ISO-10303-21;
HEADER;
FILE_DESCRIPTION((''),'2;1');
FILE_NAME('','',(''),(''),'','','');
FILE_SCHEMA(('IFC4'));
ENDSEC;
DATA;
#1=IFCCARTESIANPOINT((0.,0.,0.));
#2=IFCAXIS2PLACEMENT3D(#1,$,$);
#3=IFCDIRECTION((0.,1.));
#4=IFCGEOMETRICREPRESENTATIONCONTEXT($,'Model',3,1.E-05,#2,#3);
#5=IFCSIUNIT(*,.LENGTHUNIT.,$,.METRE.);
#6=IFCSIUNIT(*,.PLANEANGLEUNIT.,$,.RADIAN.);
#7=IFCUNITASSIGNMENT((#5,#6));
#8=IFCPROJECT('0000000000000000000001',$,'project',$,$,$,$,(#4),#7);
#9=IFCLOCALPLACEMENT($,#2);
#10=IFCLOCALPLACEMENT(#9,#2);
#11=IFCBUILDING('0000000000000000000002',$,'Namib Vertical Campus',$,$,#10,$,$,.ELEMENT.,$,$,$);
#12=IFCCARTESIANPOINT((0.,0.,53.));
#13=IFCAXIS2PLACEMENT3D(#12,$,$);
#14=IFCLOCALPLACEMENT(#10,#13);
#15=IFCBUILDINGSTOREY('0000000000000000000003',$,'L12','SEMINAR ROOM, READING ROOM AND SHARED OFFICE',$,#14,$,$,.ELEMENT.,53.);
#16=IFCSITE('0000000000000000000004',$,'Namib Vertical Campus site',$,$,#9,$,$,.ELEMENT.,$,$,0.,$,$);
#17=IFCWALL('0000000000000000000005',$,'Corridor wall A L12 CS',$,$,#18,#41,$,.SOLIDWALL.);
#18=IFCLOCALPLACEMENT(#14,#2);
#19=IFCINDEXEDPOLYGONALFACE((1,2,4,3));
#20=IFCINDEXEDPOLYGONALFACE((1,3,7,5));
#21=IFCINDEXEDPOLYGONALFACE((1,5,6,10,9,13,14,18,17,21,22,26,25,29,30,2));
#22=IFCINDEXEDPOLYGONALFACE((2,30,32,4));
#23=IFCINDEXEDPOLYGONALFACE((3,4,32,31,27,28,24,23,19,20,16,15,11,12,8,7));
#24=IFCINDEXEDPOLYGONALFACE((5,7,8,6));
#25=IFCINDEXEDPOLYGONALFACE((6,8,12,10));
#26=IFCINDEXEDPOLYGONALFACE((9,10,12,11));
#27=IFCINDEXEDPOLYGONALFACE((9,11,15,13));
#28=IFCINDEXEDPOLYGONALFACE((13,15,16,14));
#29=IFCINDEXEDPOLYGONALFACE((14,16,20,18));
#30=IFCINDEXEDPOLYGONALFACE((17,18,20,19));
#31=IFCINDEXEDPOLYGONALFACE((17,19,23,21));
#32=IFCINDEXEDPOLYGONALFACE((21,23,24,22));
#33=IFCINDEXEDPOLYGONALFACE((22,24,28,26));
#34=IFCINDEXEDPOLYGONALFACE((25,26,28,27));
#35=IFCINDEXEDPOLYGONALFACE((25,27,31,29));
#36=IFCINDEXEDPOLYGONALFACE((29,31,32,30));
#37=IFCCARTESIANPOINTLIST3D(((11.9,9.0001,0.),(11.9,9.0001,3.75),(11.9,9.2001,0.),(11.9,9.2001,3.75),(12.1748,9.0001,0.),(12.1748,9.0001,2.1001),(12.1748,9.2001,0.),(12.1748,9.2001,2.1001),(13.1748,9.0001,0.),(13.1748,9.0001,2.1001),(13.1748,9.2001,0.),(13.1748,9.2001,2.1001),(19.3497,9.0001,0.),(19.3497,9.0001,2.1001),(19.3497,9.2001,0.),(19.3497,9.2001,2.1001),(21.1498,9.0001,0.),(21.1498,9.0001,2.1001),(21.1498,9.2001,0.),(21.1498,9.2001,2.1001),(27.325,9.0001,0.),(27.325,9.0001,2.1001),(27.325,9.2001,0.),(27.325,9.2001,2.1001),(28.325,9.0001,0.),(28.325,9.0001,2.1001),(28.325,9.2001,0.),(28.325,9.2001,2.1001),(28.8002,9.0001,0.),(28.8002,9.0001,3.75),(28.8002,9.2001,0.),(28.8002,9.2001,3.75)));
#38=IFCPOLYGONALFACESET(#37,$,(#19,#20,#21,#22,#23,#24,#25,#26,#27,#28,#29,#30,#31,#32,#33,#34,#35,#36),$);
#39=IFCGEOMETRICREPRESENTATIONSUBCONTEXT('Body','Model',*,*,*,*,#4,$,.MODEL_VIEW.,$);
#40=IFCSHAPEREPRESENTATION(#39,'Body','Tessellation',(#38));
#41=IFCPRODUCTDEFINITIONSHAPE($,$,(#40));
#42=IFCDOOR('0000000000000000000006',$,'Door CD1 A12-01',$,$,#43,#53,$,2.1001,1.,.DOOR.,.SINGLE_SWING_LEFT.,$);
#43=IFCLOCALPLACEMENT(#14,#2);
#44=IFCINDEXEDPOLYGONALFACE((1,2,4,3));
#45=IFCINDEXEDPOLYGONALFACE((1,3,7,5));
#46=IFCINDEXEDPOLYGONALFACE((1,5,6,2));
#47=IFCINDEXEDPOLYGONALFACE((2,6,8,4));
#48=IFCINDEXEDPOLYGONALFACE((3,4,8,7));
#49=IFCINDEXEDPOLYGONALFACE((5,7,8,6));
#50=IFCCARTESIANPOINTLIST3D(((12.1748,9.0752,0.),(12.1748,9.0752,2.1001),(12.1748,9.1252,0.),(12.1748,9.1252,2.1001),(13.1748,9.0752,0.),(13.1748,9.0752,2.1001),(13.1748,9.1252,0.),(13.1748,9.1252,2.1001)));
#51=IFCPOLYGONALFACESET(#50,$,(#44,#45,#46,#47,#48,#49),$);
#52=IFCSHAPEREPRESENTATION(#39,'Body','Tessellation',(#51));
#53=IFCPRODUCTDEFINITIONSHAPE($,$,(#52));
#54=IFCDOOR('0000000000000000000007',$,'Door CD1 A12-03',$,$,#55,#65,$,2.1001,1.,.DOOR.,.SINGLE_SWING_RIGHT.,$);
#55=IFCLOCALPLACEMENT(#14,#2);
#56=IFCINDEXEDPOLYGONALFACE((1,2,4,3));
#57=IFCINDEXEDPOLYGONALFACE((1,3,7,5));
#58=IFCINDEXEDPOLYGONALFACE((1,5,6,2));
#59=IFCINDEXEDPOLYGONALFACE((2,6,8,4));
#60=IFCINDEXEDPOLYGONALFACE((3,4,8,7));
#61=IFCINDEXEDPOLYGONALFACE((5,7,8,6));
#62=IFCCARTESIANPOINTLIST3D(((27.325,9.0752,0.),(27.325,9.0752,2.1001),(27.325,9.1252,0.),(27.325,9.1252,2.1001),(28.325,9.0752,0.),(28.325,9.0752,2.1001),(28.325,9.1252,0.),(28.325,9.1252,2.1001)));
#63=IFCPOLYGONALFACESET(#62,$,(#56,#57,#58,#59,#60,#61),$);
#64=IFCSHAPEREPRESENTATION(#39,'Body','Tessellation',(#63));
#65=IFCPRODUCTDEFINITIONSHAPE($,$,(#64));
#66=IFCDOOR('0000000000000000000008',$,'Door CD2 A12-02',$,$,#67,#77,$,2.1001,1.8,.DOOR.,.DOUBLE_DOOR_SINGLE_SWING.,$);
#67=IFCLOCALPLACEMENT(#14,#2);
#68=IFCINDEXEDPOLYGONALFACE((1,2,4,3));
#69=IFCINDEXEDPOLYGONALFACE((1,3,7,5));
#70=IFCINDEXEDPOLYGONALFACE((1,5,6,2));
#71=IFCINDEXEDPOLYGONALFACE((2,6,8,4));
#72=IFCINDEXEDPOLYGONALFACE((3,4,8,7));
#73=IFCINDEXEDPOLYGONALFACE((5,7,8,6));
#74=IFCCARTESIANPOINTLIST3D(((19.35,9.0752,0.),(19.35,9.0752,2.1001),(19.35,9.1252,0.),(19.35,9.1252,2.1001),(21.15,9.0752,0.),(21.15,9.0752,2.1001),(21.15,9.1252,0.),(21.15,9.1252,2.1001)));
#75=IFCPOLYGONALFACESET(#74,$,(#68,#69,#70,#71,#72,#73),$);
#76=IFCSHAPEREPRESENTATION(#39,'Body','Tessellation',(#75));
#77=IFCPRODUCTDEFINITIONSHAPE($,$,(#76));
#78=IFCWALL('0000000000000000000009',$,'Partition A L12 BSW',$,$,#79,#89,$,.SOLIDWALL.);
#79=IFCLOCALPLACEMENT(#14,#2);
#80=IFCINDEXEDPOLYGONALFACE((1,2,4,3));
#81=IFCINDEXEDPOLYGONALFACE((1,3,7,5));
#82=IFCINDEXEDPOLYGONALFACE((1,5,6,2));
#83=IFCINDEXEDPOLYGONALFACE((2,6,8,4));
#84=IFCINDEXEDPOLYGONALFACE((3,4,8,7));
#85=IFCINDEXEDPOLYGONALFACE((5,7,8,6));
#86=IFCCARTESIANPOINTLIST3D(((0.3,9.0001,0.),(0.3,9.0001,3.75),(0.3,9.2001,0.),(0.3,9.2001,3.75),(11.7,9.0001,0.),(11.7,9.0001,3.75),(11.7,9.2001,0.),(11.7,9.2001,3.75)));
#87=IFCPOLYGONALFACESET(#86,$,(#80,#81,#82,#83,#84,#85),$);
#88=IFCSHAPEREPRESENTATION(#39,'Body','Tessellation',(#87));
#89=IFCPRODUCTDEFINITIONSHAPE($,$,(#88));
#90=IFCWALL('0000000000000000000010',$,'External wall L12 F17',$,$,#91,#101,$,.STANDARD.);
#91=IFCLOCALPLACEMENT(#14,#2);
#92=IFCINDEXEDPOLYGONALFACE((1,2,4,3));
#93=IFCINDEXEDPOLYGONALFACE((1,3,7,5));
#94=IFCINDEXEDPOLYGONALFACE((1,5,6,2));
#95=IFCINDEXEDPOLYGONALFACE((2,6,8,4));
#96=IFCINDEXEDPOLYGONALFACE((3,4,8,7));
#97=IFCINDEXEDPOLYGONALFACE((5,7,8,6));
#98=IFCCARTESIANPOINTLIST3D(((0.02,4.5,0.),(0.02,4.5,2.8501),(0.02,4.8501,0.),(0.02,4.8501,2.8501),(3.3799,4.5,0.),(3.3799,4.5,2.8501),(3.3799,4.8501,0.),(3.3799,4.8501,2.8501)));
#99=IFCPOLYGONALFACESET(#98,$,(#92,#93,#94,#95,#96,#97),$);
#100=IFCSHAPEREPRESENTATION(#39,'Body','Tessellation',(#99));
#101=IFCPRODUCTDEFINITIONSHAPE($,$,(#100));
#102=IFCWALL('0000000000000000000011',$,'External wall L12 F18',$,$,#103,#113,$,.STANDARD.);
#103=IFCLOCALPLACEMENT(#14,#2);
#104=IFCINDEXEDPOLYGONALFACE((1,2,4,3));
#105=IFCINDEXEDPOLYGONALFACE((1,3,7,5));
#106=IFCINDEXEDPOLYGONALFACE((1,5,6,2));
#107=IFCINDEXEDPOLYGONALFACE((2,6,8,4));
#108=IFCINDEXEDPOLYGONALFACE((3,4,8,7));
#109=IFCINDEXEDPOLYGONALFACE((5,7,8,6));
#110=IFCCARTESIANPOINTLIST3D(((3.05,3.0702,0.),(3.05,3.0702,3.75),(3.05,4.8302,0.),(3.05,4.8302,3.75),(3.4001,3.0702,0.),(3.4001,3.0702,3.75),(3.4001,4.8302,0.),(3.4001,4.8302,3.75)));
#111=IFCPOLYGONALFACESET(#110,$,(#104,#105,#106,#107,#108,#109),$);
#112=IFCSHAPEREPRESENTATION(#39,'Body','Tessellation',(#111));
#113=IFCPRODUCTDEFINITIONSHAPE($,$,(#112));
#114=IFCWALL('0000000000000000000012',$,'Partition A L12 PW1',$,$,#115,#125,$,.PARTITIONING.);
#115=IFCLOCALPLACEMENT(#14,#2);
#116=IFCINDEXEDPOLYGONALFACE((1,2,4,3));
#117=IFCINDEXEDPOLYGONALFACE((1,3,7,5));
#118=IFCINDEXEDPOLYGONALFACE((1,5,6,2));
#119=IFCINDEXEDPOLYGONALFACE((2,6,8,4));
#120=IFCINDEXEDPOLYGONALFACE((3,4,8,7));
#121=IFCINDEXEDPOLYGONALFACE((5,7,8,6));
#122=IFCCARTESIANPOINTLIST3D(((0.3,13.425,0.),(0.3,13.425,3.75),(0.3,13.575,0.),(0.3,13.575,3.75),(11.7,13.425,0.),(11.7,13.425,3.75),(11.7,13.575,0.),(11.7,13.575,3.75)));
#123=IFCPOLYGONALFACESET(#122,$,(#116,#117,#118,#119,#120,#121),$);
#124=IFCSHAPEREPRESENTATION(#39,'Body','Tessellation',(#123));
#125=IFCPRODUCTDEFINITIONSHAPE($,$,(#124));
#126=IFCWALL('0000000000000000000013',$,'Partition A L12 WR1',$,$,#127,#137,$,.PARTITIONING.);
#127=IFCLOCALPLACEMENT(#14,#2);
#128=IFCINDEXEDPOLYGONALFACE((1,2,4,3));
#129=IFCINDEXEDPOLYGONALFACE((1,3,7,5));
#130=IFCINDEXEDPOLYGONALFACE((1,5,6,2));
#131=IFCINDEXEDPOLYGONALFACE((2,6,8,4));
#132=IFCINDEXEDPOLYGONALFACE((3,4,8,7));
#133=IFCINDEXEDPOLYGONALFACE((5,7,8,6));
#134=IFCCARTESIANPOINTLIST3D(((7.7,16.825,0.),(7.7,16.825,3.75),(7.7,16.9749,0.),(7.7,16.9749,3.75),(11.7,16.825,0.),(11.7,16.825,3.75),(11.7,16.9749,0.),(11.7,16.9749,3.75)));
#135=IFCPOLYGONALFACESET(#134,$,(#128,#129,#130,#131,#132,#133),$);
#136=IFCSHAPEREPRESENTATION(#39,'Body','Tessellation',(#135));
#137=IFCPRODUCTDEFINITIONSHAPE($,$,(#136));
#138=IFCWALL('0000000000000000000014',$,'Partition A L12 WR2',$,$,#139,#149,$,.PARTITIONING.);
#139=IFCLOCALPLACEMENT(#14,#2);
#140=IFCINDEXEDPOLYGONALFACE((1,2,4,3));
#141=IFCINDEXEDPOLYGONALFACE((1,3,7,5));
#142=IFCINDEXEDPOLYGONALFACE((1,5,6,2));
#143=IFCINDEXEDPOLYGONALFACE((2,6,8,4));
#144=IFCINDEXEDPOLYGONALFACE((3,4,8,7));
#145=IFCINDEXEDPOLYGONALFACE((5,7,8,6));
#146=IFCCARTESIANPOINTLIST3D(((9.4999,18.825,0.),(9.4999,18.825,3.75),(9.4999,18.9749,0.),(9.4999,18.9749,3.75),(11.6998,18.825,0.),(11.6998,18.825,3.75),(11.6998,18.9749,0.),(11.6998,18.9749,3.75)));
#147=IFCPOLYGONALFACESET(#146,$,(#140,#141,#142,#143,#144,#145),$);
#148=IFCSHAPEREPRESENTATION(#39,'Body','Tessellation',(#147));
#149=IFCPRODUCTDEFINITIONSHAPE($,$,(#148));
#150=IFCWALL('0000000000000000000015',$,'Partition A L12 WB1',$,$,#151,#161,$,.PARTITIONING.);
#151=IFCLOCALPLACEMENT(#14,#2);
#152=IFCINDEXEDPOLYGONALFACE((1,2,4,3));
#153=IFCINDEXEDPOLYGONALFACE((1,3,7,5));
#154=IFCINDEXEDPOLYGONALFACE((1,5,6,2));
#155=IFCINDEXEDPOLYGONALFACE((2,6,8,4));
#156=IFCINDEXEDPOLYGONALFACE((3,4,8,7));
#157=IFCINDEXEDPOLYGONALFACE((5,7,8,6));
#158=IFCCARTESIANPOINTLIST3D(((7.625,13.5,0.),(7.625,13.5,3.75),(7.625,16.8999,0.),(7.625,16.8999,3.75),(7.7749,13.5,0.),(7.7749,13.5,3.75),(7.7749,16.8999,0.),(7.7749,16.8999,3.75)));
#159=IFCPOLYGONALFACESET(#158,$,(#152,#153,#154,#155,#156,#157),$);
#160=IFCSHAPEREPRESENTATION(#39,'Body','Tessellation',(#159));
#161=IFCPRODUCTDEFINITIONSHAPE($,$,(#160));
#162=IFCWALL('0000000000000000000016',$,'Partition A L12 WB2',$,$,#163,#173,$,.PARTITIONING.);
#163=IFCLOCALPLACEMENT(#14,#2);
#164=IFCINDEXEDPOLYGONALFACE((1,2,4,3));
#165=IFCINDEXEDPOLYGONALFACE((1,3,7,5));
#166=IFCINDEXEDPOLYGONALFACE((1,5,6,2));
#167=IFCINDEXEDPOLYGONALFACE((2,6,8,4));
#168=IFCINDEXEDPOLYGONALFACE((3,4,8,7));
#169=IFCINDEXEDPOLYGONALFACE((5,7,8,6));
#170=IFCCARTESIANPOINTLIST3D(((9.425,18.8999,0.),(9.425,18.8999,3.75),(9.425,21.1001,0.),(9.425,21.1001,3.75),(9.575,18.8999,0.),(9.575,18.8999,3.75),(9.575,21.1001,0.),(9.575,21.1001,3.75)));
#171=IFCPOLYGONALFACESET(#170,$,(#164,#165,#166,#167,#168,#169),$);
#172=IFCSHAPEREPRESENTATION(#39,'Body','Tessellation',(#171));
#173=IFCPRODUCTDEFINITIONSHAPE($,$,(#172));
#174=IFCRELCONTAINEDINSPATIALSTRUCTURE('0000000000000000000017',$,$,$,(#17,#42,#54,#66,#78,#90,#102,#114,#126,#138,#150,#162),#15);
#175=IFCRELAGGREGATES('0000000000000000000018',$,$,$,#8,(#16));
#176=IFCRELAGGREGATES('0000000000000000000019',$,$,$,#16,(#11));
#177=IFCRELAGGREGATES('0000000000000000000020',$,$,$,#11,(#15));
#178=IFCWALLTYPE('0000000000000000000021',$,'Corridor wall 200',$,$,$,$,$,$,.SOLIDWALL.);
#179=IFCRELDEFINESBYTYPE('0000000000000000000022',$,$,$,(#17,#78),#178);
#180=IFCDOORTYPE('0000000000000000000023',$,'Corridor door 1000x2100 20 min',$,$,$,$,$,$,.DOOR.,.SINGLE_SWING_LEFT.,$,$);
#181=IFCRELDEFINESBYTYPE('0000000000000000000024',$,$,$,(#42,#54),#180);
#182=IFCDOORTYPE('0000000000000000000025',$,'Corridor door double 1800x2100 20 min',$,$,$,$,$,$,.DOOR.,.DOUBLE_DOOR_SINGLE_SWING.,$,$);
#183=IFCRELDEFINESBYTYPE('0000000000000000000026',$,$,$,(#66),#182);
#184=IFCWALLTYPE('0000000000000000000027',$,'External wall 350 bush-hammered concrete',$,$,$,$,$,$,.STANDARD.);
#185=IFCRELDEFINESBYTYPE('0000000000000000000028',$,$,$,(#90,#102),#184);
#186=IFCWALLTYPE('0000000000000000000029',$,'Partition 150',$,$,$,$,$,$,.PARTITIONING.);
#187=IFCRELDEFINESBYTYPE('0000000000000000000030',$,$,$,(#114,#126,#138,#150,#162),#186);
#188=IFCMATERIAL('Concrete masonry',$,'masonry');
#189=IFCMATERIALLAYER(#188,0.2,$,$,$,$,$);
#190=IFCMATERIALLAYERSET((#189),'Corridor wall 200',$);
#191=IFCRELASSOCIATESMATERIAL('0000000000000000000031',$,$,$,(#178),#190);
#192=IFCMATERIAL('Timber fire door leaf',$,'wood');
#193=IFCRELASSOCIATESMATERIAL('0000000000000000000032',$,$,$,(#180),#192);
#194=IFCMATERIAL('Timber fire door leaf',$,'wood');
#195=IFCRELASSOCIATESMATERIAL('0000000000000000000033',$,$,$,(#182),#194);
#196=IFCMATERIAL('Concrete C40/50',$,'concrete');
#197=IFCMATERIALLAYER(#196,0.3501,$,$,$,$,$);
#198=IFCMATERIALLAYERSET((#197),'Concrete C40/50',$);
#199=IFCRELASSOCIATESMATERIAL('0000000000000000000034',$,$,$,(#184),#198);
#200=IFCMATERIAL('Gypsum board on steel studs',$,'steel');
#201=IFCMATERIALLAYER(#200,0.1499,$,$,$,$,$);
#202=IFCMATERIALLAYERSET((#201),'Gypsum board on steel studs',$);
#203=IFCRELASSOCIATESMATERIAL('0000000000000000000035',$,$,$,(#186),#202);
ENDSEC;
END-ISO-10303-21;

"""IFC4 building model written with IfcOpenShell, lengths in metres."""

from ifc_helpers import new_model, si_unit, direction, frame, frame_2d, origin, place, context, subcontext, project, spatial, rectangle, extrude, material, layer, layer_set, type_object, element, fill, save


model = new_model("IFC4")

# Units and contexts
model_context = context("Model", 3, precision=1e-05, world=origin(), true_north=direction((0.0, 1.0)))
body_context = subcontext(model_context, "Body", "Model", "MODEL_VIEW")
ifc_project = project(units=[si_unit("LENGTHUNIT", "METRE"), si_unit("PLANEANGLEUNIT", "RADIAN")], contexts=[model_context])

# Site, building, storey
site_placement = place(None, origin())
site = spatial("IfcSite", under=ifc_project, at=site_placement, Name="Namib Vertical Campus site", CompositionType="ELEMENT", RefElevation=0.0)
building_placement = place(site_placement, origin())
building = spatial("IfcBuilding", under=site, at=building_placement, Name="Namib Vertical Campus", CompositionType="ELEMENT")
storey_placement = place(building_placement, frame((0.0, 0.0, 53.0)))
storey = spatial("IfcBuildingStorey", under=building, at=storey_placement, Name="L12", Description="SEMINAR ROOM, READING ROOM AND SHARED OFFICE", CompositionType="ELEMENT", Elevation=53.0)

# Wall, openings, doors
ifc_material_1 = material(Name="Concrete masonry", Category="masonry")
ifc_layer_1 = layer(ifc_material_1, 0.2)
ifc_layer_set_1 = layer_set([ifc_layer_1], Name="Corridor wall 200")
wall_type_1 = type_object("IfcWallType", Name="Corridor wall 200", PredefinedType="SOLIDWALL", material=ifc_layer_set_1)
wall_1_placement = place(storey_placement, frame((11.8999, 9.1001, 0.0), z_axis=(0.0, 0.0, 1.0), x_axis=(1.0, 0.0, 0.0)))
wall_1 = element("IfcWall", 1, at=wall_1_placement, inside=storey, type_object=wall_type_1, Name="Corridor wall A L12 CS", PredefinedType="SOLIDWALL", context=body_context, shape_type="SweptSolid", body=[
    extrude(rectangle(XDim=16.9001, YDim=0.2, at=frame_2d((8.4502, 0.0))), origin(), (0.0, 0.0, 1.0), 3.75),
])
opening_1_placement = place(wall_1_placement, frame((0.2749, 0.0, 0.0)))
opening_1 = element("IfcOpeningElement", 2, at=opening_1_placement, cuts=wall_1, PredefinedType="OPENING", context=body_context, shape_type="SweptSolid", body=[
    extrude(rectangle(XDim=1.0, YDim=2.1001, at=frame_2d((0.5, 1.05))), frame((0.0, 0.1099, 0.0), z_axis=(0.0, -1.0, 0.0), x_axis=(1.0, 0.0, 0.0)), (0.0, 0.0, 1.0), 0.22),
])
opening_2_placement = place(wall_1_placement, frame((7.45, 0.0, 0.0)))
opening_2 = element("IfcOpeningElement", 3, at=opening_2_placement, cuts=wall_1, PredefinedType="OPENING", context=body_context, shape_type="SweptSolid", body=[
    extrude(rectangle(XDim=1.8, YDim=2.1001, at=frame_2d((0.8999, 1.05))), frame((0.0, 0.1099, 0.0), z_axis=(0.0, -1.0, 0.0), x_axis=(1.0, 0.0, 0.0)), (0.0, 0.0, 1.0), 0.22),
])
opening_3_placement = place(wall_1_placement, frame((15.425, 0.0, 0.0)))
opening_3 = element("IfcOpeningElement", 4, at=opening_3_placement, cuts=wall_1, PredefinedType="OPENING", context=body_context, shape_type="SweptSolid", body=[
    extrude(rectangle(XDim=1.0, YDim=2.1001, at=frame_2d((0.5, 1.05))), frame((0.0, 0.1099, 0.0), z_axis=(0.0, -1.0, 0.0), x_axis=(1.0, 0.0, 0.0)), (0.0, 0.0, 1.0), 0.22),
])
ifc_material_2 = material(Name="Timber fire door leaf", Category="wood")
door_type_1 = type_object("IfcDoorType", Name="Corridor door 1000x2100 20 min", OperationType="SINGLE_SWING_LEFT", PredefinedType="DOOR", material=ifc_material_2)
door_1_placement = place(opening_1_placement, frame((1.0, 0.0, 0.0), z_axis=(0.0, 0.0, 1.0), x_axis=(-1.0, 0.0, 0.0)))
door_1 = element("IfcDoor", 5, at=door_1_placement, inside=storey, type_object=door_type_1, Name="Door CD1 A12-01", OperationType="SINGLE_SWING_LEFT", OverallHeight=2.1001, OverallWidth=1.0, PredefinedType="DOOR", context=body_context, shape_type="SweptSolid", body=[
    extrude(rectangle(XDim=1.0, YDim=2.1001, at=frame_2d((0.5, 1.05))), frame((0.0, 0.0249, 0.0), z_axis=(0.0, -1.0, 0.0), x_axis=(1.0, 0.0, 0.0)), (0.0, 0.0, 1.0), 0.05),
])
fill(opening_1, door_1)
door_2_placement = place(opening_3_placement, frame((1.0, 0.0, 0.0), z_axis=(0.0, 0.0, 1.0), x_axis=(-1.0, 0.0, 0.0)))
door_2 = element("IfcDoor", 6, at=door_2_placement, inside=storey, type_object=door_type_1, Name="Door CD1 A12-03", OperationType="SINGLE_SWING_RIGHT", OverallHeight=2.1001, OverallWidth=1.0, PredefinedType="DOOR", context=body_context, shape_type="SweptSolid", body=[
    extrude(rectangle(XDim=1.0, YDim=2.1001, at=frame_2d((0.5, 1.05))), frame((0.0, 0.0249, 0.0), z_axis=(0.0, -1.0, 0.0), x_axis=(1.0, 0.0, 0.0)), (0.0, 0.0, 1.0), 0.05),
])
fill(opening_3, door_2)
ifc_material_3 = material(Name="Timber fire door leaf", Category="wood")
door_type_2 = type_object("IfcDoorType", Name="Corridor door double 1800x2100 20 min", OperationType="DOUBLE_DOOR_SINGLE_SWING", PredefinedType="DOOR", material=ifc_material_3)
door_3_placement = place(opening_2_placement, frame((1.8, 0.0, 0.0), z_axis=(0.0, 0.0, 1.0), x_axis=(-1.0, 0.0, 0.0)))
door_3 = element("IfcDoor", 7, at=door_3_placement, inside=storey, type_object=door_type_2, Name="Door CD2 A12-02", OperationType="DOUBLE_DOOR_SINGLE_SWING", OverallHeight=2.1001, OverallWidth=1.8, PredefinedType="DOOR", context=body_context, shape_type="SweptSolid", body=[
    extrude(rectangle(XDim=1.8, YDim=2.1001, at=frame_2d((0.8999, 1.05))), frame((0.0, 0.0249, 0.0), z_axis=(0.0, -1.0, 0.0), x_axis=(1.0, 0.0, 0.0)), (0.0, 0.0, 1.0), 0.05),
])
fill(opening_2, door_3)

# Walls
wall_2_placement = place(storey_placement, frame((0.3, 9.1001, 0.0), z_axis=(0.0, 0.0, 1.0), x_axis=(1.0, 0.0, 0.0)))
element("IfcWall", 8, at=wall_2_placement, inside=storey, type_object=wall_type_1, Name="Partition A L12 BSW", PredefinedType="SOLIDWALL", context=body_context, shape_type="SweptSolid", body=[
    extrude(rectangle(XDim=11.3999, YDim=0.2, at=frame_2d((5.7, 0.0))), origin(), (0.0, 0.0, 1.0), 3.75),
])
ifc_material_4 = material(Name="Concrete C40/50", Category="concrete")
ifc_layer_2 = layer(ifc_material_4, 0.3501)
ifc_layer_set_2 = layer_set([ifc_layer_2], Name="Concrete C40/50")
wall_type_2 = type_object("IfcWallType", Name="External wall 350 bush-hammered concrete", PredefinedType="STANDARD", material=ifc_layer_set_2)
wall_3_placement = place(storey_placement, frame((0.02, 4.675, 0.0), z_axis=(0.0, 0.0, 1.0), x_axis=(1.0, 0.0, 0.0)))
element("IfcWall", 9, at=wall_3_placement, inside=storey, type_object=wall_type_2, Name="External wall L12 F17", PredefinedType="STANDARD", context=body_context, shape_type="SweptSolid", body=[
    extrude(rectangle(XDim=3.3599, YDim=0.3501, at=frame_2d((1.6799, 0.0))), origin(), (0.0, 0.0, 1.0), 2.8501),
])
wall_4_placement = place(storey_placement, frame((3.2251, 4.8301, 0.0), z_axis=(0.0, 0.0, 1.0), x_axis=(0.0, -1.0, 0.0)))
element("IfcWall", 10, at=wall_4_placement, inside=storey, type_object=wall_type_2, Name="External wall L12 F18", PredefinedType="STANDARD", context=body_context, shape_type="SweptSolid", body=[
    extrude(rectangle(XDim=1.76, YDim=0.3501, at=frame_2d((0.8799, 0.0))), origin(), (0.0, 0.0, 1.0), 3.75),
])
ifc_material_5 = material(Name="Gypsum board on steel studs", Category="steel")
ifc_layer_3 = layer(ifc_material_5, 0.1499)
ifc_layer_set_3 = layer_set([ifc_layer_3], Name="Gypsum board on steel studs")
wall_type_3 = type_object("IfcWallType", Name="Partition 150", PredefinedType="PARTITIONING", material=ifc_layer_set_3)
wall_5_placement = place(storey_placement, frame((0.3, 13.5, 0.0), z_axis=(0.0, 0.0, 1.0), x_axis=(1.0, 0.0, 0.0)))
element("IfcWall", 11, at=wall_5_placement, inside=storey, type_object=wall_type_3, Name="Partition A L12 PW1", PredefinedType="PARTITIONING", context=body_context, shape_type="SweptSolid", body=[
    extrude(rectangle(XDim=11.3999, YDim=0.1499, at=frame_2d((5.7, 0.0))), origin(), (0.0, 0.0, 1.0), 3.75),
])
wall_6_placement = place(storey_placement, frame((11.7, 16.8999, 0.0), z_axis=(0.0, 0.0, 1.0), x_axis=(-1.0, 0.0, 0.0)))
element("IfcWall", 12, at=wall_6_placement, inside=storey, type_object=wall_type_3, Name="Partition A L12 WR1", PredefinedType="PARTITIONING", context=body_context, shape_type="SweptSolid", body=[
    extrude(rectangle(XDim=4.0, YDim=0.1499, at=frame_2d((2.0, 0.0))), origin(), (0.0, 0.0, 1.0), 3.75),
])
wall_7_placement = place(storey_placement, frame((11.7, 18.8999, 0.0), z_axis=(0.0, 0.0, 1.0), x_axis=(-1.0, 0.0, 0.0)))
element("IfcWall", 13, at=wall_7_placement, inside=storey, type_object=wall_type_3, Name="Partition A L12 WR2", PredefinedType="PARTITIONING", context=body_context, shape_type="SweptSolid", body=[
    extrude(rectangle(XDim=2.2, YDim=0.1499, at=frame_2d((1.1001, 0.0))), origin(), (0.0, 0.0, 1.0), 3.75),
])
wall_8_placement = place(storey_placement, frame((7.7, 13.5, 0.0), z_axis=(0.0, 0.0, 1.0), x_axis=(0.0, 1.0, 0.0)))
element("IfcWall", 14, at=wall_8_placement, inside=storey, type_object=wall_type_3, Name="Partition A L12 WB1", PredefinedType="PARTITIONING", context=body_context, shape_type="SweptSolid", body=[
    extrude(rectangle(XDim=3.3999, YDim=0.1499, at=frame_2d((1.7, 0.0))), origin(), (0.0, 0.0, 1.0), 3.75),
])
wall_9_placement = place(storey_placement, frame((9.5, 18.8999, 0.0), z_axis=(0.0, 0.0, 1.0), x_axis=(0.0, 1.0, 0.0)))
element("IfcWall", 15, at=wall_9_placement, inside=storey, type_object=wall_type_3, Name="Partition A L12 WB2", PredefinedType="PARTITIONING", context=body_context, shape_type="SweptSolid", body=[
    extrude(rectangle(XDim=2.2002, YDim=0.1499, at=frame_2d((1.1001, 0.0))), origin(), (0.0, 0.0, 1.0), 3.75),
])

save(model, "model.ifc")
